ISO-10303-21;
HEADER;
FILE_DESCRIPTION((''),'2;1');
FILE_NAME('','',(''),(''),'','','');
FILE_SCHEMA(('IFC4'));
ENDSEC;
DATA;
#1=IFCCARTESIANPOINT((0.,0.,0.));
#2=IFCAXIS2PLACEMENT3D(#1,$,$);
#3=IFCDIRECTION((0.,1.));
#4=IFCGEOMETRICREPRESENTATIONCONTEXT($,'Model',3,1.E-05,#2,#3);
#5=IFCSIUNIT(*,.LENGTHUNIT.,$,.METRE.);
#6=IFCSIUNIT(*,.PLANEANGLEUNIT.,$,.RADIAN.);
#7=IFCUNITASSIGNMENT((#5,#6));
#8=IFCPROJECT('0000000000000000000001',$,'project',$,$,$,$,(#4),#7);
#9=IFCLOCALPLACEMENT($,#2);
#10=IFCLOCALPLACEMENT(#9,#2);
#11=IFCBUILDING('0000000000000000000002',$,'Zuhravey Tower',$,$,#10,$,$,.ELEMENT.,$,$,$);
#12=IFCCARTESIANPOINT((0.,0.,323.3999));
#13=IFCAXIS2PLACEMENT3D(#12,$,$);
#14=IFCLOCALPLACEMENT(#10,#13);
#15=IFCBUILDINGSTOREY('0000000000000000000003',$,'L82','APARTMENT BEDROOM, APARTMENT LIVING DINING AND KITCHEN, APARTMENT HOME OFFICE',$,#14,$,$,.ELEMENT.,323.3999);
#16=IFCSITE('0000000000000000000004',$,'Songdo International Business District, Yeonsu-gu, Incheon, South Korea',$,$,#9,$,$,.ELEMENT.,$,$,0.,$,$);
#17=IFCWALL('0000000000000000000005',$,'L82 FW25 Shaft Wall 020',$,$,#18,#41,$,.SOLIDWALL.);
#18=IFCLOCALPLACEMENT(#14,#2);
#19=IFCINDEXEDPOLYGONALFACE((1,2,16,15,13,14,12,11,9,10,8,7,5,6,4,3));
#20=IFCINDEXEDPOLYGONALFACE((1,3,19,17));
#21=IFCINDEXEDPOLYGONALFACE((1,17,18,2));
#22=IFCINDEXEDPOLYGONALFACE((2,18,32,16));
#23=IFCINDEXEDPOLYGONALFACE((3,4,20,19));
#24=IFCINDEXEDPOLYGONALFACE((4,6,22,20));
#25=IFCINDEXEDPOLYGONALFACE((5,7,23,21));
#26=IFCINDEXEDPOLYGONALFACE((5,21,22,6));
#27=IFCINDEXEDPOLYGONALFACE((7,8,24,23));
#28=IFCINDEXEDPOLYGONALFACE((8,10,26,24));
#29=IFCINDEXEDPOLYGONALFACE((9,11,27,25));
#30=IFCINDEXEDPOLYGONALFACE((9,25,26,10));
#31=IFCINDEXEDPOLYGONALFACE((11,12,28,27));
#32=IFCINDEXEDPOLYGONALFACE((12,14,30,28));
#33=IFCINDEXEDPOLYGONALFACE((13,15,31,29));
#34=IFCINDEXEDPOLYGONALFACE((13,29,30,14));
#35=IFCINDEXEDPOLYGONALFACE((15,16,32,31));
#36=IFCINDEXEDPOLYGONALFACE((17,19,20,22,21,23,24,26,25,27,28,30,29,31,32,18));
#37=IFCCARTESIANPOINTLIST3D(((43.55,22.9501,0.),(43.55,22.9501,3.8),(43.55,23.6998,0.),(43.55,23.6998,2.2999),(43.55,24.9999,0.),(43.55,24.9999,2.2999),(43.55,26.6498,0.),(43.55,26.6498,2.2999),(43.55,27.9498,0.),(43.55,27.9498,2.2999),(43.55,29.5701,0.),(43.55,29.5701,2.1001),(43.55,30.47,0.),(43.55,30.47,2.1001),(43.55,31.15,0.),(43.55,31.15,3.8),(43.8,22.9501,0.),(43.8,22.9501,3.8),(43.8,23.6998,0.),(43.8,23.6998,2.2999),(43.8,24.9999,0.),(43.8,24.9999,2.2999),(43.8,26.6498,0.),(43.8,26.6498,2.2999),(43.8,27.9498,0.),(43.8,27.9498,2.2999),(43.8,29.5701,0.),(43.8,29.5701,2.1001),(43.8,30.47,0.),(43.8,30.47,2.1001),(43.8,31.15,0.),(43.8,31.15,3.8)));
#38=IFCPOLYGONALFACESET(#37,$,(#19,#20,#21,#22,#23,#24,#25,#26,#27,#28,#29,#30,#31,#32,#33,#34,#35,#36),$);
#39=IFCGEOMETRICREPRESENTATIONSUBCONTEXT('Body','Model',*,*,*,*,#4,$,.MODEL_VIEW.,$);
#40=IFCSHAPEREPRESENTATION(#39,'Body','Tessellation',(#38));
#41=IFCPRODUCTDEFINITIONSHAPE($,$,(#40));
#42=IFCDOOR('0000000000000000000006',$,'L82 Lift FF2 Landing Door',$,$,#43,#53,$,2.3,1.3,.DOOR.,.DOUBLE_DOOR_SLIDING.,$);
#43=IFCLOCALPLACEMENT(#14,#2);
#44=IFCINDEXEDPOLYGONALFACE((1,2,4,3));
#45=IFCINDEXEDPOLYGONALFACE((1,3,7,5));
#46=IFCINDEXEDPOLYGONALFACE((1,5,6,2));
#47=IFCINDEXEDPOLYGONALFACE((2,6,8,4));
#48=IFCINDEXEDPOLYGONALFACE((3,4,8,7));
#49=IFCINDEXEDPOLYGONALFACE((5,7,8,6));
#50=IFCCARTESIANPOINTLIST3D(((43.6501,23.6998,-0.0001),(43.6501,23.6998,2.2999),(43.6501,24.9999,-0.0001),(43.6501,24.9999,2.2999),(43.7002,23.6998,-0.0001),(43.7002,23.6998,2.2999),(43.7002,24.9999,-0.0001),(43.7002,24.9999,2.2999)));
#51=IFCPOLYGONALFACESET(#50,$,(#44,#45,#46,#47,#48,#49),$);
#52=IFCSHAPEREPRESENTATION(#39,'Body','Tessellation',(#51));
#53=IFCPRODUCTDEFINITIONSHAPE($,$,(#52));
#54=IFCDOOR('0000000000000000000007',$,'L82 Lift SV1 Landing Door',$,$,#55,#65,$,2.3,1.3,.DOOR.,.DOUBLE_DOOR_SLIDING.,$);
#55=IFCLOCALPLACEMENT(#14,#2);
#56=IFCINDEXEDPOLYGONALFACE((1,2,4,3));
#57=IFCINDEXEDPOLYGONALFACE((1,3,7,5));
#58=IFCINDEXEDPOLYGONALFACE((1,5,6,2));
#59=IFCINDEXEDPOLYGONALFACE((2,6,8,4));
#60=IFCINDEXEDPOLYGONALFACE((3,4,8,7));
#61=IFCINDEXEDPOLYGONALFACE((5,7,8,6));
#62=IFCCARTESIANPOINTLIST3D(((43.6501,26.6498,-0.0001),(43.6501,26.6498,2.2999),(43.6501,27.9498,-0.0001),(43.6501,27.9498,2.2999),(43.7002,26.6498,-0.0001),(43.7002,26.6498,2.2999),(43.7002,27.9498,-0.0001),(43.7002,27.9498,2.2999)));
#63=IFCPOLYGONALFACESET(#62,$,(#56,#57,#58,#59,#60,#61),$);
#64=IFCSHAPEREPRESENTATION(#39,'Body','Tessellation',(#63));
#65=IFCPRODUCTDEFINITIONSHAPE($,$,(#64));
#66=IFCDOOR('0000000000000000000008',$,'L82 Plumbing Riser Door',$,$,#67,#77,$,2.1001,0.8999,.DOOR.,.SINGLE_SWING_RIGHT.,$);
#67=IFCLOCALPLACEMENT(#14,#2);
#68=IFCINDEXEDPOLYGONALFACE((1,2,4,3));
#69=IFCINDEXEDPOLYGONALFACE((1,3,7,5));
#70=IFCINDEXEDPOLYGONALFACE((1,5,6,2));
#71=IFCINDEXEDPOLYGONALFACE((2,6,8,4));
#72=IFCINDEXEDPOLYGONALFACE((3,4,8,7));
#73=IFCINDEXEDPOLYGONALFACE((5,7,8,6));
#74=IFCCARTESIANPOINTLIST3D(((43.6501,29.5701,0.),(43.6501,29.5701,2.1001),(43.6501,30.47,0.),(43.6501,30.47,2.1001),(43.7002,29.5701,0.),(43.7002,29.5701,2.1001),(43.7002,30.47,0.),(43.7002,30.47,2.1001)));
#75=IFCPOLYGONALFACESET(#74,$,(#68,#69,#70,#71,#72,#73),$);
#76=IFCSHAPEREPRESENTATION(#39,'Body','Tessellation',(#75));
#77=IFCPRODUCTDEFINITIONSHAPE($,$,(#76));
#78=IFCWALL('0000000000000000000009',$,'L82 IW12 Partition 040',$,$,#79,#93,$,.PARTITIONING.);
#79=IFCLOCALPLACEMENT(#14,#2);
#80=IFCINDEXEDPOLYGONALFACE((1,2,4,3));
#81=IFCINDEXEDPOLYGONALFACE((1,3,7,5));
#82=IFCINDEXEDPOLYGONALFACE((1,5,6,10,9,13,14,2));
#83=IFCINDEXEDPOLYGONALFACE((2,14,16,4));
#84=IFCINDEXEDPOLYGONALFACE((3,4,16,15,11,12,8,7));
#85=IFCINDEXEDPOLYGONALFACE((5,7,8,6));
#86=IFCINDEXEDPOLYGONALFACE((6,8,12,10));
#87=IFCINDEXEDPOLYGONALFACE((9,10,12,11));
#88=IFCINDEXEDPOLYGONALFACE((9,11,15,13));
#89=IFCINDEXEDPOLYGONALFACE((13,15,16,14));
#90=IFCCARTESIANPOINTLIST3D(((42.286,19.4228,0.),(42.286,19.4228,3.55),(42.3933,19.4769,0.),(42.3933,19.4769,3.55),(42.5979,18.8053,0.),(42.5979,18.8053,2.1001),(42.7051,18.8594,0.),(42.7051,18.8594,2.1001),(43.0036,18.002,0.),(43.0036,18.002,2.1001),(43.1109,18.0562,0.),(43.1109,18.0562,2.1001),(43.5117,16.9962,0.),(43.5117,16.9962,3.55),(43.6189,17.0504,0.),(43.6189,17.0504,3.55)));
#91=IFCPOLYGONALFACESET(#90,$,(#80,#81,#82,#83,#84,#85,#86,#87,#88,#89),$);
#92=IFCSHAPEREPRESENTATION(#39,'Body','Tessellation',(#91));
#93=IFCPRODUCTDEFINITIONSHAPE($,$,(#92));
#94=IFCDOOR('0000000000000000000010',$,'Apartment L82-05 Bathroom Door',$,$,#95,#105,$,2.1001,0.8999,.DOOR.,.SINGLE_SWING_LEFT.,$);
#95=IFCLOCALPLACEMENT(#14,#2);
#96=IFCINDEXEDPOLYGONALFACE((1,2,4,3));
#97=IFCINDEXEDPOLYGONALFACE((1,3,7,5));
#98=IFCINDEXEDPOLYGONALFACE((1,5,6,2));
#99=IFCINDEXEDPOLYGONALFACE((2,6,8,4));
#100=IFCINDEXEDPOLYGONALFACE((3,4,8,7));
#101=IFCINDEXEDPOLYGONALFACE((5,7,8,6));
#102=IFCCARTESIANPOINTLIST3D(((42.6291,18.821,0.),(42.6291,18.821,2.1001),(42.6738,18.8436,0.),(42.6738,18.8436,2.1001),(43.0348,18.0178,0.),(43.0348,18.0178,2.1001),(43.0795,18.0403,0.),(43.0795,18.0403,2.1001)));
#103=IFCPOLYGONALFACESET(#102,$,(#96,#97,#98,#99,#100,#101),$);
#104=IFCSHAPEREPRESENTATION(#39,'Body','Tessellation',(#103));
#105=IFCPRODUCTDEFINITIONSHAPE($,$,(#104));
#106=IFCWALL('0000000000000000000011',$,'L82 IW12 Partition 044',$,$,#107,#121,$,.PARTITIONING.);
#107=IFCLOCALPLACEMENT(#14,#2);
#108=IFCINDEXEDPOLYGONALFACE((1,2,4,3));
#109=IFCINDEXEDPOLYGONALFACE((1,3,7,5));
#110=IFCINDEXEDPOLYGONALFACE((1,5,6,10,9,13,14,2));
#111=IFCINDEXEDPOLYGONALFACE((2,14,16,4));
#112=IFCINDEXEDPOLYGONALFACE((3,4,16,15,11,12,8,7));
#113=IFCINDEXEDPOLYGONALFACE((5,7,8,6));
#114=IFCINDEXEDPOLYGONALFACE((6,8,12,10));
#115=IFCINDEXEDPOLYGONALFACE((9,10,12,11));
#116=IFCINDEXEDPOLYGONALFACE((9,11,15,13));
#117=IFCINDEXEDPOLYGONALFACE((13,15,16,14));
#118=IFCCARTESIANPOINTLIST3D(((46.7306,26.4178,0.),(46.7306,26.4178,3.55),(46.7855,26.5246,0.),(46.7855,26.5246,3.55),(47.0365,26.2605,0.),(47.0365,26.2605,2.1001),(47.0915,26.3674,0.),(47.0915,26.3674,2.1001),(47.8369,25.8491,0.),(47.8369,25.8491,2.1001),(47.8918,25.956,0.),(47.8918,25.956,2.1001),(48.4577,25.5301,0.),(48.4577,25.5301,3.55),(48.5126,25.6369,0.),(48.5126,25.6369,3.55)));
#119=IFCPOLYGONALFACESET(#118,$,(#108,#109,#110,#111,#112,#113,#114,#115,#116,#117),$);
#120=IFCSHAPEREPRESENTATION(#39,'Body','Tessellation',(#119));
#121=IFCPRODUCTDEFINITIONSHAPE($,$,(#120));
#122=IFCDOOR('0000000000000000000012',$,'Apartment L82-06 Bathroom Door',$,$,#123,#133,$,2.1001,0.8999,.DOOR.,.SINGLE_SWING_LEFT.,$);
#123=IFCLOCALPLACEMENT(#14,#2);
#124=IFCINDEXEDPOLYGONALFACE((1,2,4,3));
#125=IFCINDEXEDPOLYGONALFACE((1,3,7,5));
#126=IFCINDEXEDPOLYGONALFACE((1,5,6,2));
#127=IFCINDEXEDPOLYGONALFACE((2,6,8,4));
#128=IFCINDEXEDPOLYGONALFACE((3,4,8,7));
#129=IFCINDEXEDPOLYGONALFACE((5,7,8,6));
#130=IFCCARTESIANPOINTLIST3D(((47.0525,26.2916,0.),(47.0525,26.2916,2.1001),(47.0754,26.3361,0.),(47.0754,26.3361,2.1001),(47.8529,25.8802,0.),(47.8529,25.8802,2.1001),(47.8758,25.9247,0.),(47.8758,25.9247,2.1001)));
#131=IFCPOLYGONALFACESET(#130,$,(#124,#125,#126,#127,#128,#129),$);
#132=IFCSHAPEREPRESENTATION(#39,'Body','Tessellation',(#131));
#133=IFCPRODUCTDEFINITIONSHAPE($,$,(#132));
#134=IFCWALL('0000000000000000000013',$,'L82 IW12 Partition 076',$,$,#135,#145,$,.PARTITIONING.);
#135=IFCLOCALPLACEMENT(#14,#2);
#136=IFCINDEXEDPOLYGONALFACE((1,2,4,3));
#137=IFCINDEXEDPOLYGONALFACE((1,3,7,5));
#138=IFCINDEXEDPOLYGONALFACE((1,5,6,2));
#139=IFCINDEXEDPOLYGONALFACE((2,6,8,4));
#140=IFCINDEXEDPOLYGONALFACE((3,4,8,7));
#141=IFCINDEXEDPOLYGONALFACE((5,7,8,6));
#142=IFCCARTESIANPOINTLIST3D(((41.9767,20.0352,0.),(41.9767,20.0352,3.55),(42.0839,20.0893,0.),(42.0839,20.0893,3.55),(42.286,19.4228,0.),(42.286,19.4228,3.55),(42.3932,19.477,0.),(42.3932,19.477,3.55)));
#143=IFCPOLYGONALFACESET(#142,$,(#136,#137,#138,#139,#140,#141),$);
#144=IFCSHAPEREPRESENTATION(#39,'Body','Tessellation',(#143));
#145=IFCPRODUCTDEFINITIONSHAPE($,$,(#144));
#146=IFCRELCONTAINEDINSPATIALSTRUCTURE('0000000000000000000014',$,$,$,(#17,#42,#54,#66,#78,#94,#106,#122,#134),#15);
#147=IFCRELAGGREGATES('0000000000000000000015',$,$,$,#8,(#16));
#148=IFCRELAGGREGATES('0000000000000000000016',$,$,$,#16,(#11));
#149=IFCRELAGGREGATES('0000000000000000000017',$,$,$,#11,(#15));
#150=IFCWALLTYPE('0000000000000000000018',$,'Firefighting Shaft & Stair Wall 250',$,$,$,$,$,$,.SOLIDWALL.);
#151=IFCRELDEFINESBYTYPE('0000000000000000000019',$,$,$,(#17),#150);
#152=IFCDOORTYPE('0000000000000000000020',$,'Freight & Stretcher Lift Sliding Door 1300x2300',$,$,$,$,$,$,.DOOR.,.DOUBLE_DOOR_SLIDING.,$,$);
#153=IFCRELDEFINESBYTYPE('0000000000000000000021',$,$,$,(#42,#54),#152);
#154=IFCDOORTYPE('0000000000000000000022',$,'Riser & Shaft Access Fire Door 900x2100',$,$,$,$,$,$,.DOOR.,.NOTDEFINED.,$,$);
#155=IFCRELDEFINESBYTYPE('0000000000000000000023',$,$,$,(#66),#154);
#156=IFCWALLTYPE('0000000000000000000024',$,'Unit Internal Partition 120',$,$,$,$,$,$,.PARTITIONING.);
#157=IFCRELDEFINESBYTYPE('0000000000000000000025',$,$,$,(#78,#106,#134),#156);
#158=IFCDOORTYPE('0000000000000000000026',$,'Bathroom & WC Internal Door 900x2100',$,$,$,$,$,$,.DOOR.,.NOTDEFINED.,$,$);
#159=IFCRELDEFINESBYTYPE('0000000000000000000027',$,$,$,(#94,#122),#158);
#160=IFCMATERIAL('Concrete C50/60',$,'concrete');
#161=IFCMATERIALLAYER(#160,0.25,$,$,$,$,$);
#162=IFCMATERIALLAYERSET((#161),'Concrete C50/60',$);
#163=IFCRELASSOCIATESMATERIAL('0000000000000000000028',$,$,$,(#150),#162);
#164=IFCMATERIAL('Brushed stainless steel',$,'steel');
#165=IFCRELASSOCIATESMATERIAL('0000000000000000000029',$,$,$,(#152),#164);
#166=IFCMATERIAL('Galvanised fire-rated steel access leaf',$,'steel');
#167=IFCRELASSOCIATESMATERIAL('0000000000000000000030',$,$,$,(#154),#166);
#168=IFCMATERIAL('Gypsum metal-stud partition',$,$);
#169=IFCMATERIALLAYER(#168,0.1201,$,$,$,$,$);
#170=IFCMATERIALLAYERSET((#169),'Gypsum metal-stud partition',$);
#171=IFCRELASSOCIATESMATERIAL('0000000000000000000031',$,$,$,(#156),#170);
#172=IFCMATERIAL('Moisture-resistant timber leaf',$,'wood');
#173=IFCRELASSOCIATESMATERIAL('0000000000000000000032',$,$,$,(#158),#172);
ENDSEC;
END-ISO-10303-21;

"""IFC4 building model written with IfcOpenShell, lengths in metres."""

from ifc_helpers import new_model, si_unit, direction, frame, frame_2d, origin, place, context, subcontext, project, spatial, rectangle, extrude, material, layer, layer_set, type_object, element, fill, save


model = new_model("IFC4")

# Units and contexts
model_context = context("Model", 3, precision=1e-05, world=origin(), true_north=direction((0.0, 1.0)))
body_context = subcontext(model_context, "Body", "Model", "MODEL_VIEW")
ifc_project = project(units=[si_unit("LENGTHUNIT", "METRE"), si_unit("PLANEANGLEUNIT", "RADIAN")], contexts=[model_context])

# Site, building, storey
site_placement = place(None, origin())
site = spatial("IfcSite", under=ifc_project, at=site_placement, Name="Songdo International Business District, Yeonsu-gu, Incheon, South Korea", CompositionType="ELEMENT", RefElevation=0.0)
building_placement = place(site_placement, origin())
building = spatial("IfcBuilding", under=site, at=building_placement, Name="Zuhravey Tower", CompositionType="ELEMENT")
storey_placement = place(building_placement, frame((0.0, 0.0, 323.3999)))
storey = spatial("IfcBuildingStorey", under=building, at=storey_placement, Name="L82", Description="APARTMENT BEDROOM, APARTMENT LIVING DINING AND KITCHEN, APARTMENT HOME OFFICE", CompositionType="ELEMENT", Elevation=323.3999)

# Shared definitions
ifc_material_1 = material(Name="Concrete C50/60", Category="concrete")

# Shared definitions
ifc_layer_1 = layer(ifc_material_1, 0.25)
ifc_layer_set_1 = layer_set([ifc_layer_1], Name="Concrete C50/60")
wall_type_1 = type_object("IfcWallType", Name="Firefighting Shaft & Stair Wall 250", PredefinedType="SOLIDWALL", material=ifc_layer_set_1)

# Wall, openings, doors
wall_1_placement = place(storey_placement, frame((43.675, 22.95, 0.0), z_axis=(0.0, 0.0, 1.0), x_axis=(0.0, 1.0, 0.0)))
wall_1 = element("IfcWall", 1, at=wall_1_placement, inside=storey, type_object=wall_type_1, Name="L82 FW25 Shaft Wall 020", PredefinedType="SOLIDWALL", context=body_context, shape_type="SweptSolid", body=[
    extrude(rectangle(XDim=8.2, YDim=0.25, at=frame_2d((4.1001, 0.0))), origin(), (0.0, 0.0, 1.0), 3.8),
])
opening_1_placement = place(wall_1_placement, frame((0.75, 0.0, 0.0)))
opening_1 = element("IfcOpeningElement", 2, at=opening_1_placement, cuts=wall_1, PredefinedType="OPENING", context=body_context, shape_type="SweptSolid", body=[
    extrude(rectangle(XDim=1.3, YDim=2.3, at=frame_2d((0.6499, 1.1499))), frame((0.0, 0.137, 0.0), z_axis=(0.0, -1.0, 0.0), x_axis=(1.0, 0.0, 0.0)), (0.0, 0.0, 1.0), 0.2739),
])
opening_2_placement = place(wall_1_placement, frame((3.7, 0.0, 0.0)))
opening_2 = element("IfcOpeningElement", 3, at=opening_2_placement, cuts=wall_1, PredefinedType="OPENING", context=body_context, shape_type="SweptSolid", body=[
    extrude(rectangle(XDim=1.3, YDim=2.3, at=frame_2d((0.6499, 1.1499))), frame((0.0, 0.137, 0.0), z_axis=(0.0, -1.0, 0.0), x_axis=(1.0, 0.0, 0.0)), (0.0, 0.0, 1.0), 0.2739),
])
opening_3_placement = place(wall_1_placement, frame((6.6201, 0.0, 0.0)))
opening_3 = element("IfcOpeningElement", 4, at=opening_3_placement, cuts=wall_1, PredefinedType="OPENING", context=body_context, shape_type="SweptSolid", body=[
    extrude(rectangle(XDim=0.8999, YDim=2.1001, at=frame_2d((0.45, 1.05))), frame((0.0, 0.137, 0.0), z_axis=(0.0, -1.0, 0.0), x_axis=(1.0, 0.0, 0.0)), (0.0, 0.0, 1.0), 0.2739),
])
ifc_material_2 = material(Name="Brushed stainless steel", Category="steel")
door_type_1 = type_object("IfcDoorType", Name="Freight & Stretcher Lift Sliding Door 1300x2300", OperationType="DOUBLE_DOOR_SLIDING", PredefinedType="DOOR", material=ifc_material_2)
door_1_placement = place(opening_1_placement, origin())
door_1 = element("IfcDoor", 5, at=door_1_placement, inside=storey, type_object=door_type_1, Name="L82 Lift FF2 Landing Door", OperationType="DOUBLE_DOOR_SLIDING", OverallHeight=2.3, OverallWidth=1.3, PredefinedType="DOOR", context=body_context, shape_type="SweptSolid", body=[
    extrude(rectangle(XDim=1.3, YDim=2.3, at=frame_2d((0.6499, 1.1499))), frame((0.0, 0.0249, 0.0), z_axis=(0.0, -1.0, 0.0), x_axis=(1.0, 0.0, 0.0)), (0.0, 0.0, 1.0), 0.05),
])
fill(opening_1, door_1)
door_2_placement = place(opening_2_placement, origin())
door_2 = element("IfcDoor", 6, at=door_2_placement, inside=storey, type_object=door_type_1, Name="L82 Lift SV1 Landing Door", OperationType="DOUBLE_DOOR_SLIDING", OverallHeight=2.3, OverallWidth=1.3, PredefinedType="DOOR", context=body_context, shape_type="SweptSolid", body=[
    extrude(rectangle(XDim=1.3, YDim=2.3, at=frame_2d((0.6499, 1.1499))), frame((0.0, 0.0249, 0.0), z_axis=(0.0, -1.0, 0.0), x_axis=(1.0, 0.0, 0.0)), (0.0, 0.0, 1.0), 0.05),
])
fill(opening_2, door_2)
ifc_material_3 = material(Name="Galvanised fire-rated steel access leaf", Category="steel")
door_type_2 = type_object("IfcDoorType", Name="Riser & Shaft Access Fire Door 900x2100", OperationType="NOTDEFINED", PredefinedType="DOOR", material=ifc_material_3)
door_3_placement = place(opening_3_placement, origin())
door_3 = element("IfcDoor", 7, at=door_3_placement, inside=storey, type_object=door_type_2, Name="L82 Plumbing Riser Door", OperationType="SINGLE_SWING_RIGHT", OverallHeight=2.1001, OverallWidth=0.8999, PredefinedType="DOOR", context=body_context, shape_type="SweptSolid", body=[
    extrude(rectangle(XDim=0.8999, YDim=2.1001, at=frame_2d((0.45, 1.05))), frame((0.0, 0.0249, 0.0), z_axis=(0.0, -1.0, 0.0), x_axis=(1.0, 0.0, 0.0)), (0.0, 0.0, 1.0), 0.05),
])
fill(opening_3, door_3)

# Walls, openings, doors
ifc_material_4 = material(Name="Gypsum metal-stud partition")
ifc_layer_2 = layer(ifc_material_4, 0.1201)
ifc_layer_set_2 = layer_set([ifc_layer_2], Name="Gypsum metal-stud partition")
wall_type_2 = type_object("IfcWallType", Name="Unit Internal Partition 120", PredefinedType="PARTITIONING", material=ifc_layer_set_2)
wall_2_placement = place(storey_placement, frame((42.3396, 19.45, 0.0), z_axis=(0.0, 0.0, 1.0), x_axis=(0.450838, -0.892606, 0.0)))
wall_2 = element("IfcWall", 8, at=wall_2_placement, inside=storey, type_object=wall_type_2, Name="L82 IW12 Partition 040", PredefinedType="PARTITIONING", context=body_context, shape_type="SweptSolid", body=[
    extrude(rectangle(XDim=2.7185, YDim=0.1201, at=frame_2d((1.3594, 0.0))), origin(), (0.0, 0.0, 1.0), 3.55),
])
opening_4_placement = place(wall_2_placement, frame((0.6919, 0.0, 0.0)))
opening_4 = element("IfcOpeningElement", 9, at=opening_4_placement, cuts=wall_2, PredefinedType="OPENING", context=body_context, shape_type="SweptSolid", body=[
    extrude(rectangle(XDim=0.8999, YDim=2.1001, at=frame_2d((0.45, 1.05))), frame((0.0, 0.072, 0.0), z_axis=(0.0, -1.0, 0.0), x_axis=(1.0, 0.0, 0.0)), (0.0, 0.0, 1.0), 0.144),
])
ifc_material_5 = material(Name="Moisture-resistant timber leaf", Category="wood")
door_type_3 = type_object("IfcDoorType", Name="Bathroom & WC Internal Door 900x2100", OperationType="NOTDEFINED", PredefinedType="DOOR", material=ifc_material_5)
door_4_placement = place(opening_4_placement, origin())
door_4 = element("IfcDoor", 10, at=door_4_placement, inside=storey, type_object=door_type_3, Name="Apartment L82-05 Bathroom Door", OperationType="SINGLE_SWING_LEFT", OverallHeight=2.1001, OverallWidth=0.8999, PredefinedType="DOOR", context=body_context, shape_type="SweptSolid", body=[
    extrude(rectangle(XDim=0.8999, YDim=2.1001, at=frame_2d((0.45, 1.05))), frame((0.0, 0.0249, 0.0), z_axis=(0.0, -1.0, 0.0), x_axis=(1.0, 0.0, 0.0)), (0.0, 0.0, 1.0), 0.05),
])
fill(opening_4, door_4)
wall_3_placement = place(storey_placement, frame((46.7581, 26.4712, 0.0), z_axis=(0.0, 0.0, 1.0), x_axis=(0.889393, -0.457143, 0.0)))
wall_3 = element("IfcWall", 11, at=wall_3_placement, inside=storey, type_object=wall_type_2, Name="L82 IW12 Partition 044", PredefinedType="PARTITIONING", context=body_context, shape_type="SweptSolid", body=[
    extrude(rectangle(XDim=1.9419, YDim=0.1201, at=frame_2d((0.9709, 0.0))), origin(), (0.0, 0.0, 1.0), 3.55),
])
opening_5_placement = place(wall_3_placement, frame((0.344, 0.0, 0.0)))
opening_5 = element("IfcOpeningElement", 12, at=opening_5_placement, cuts=wall_3, PredefinedType="OPENING", context=body_context, shape_type="SweptSolid", body=[
    extrude(rectangle(XDim=0.8999, YDim=2.1001, at=frame_2d((0.45, 1.05))), frame((0.0, 0.072, 0.0), z_axis=(0.0, -1.0, 0.0), x_axis=(1.0, 0.0, 0.0)), (0.0, 0.0, 1.0), 0.144),
])
door_5_placement = place(opening_5_placement, origin())
door_5 = element("IfcDoor", 13, at=door_5_placement, inside=storey, type_object=door_type_3, Name="Apartment L82-06 Bathroom Door", OperationType="SINGLE_SWING_LEFT", OverallHeight=2.1001, OverallWidth=0.8999, PredefinedType="DOOR", context=body_context, shape_type="SweptSolid", body=[
    extrude(rectangle(XDim=0.8999, YDim=2.1001, at=frame_2d((0.45, 1.05))), frame((0.0, 0.0249, 0.0), z_axis=(0.0, -1.0, 0.0), x_axis=(1.0, 0.0, 0.0)), (0.0, 0.0, 1.0), 0.05),
])
fill(opening_5, door_5)

# Wall
wall_4_placement = place(storey_placement, frame((42.0303, 20.0623, 0.0), z_axis=(0.0, 0.0, 1.0), x_axis=(0.450911, -0.892569, 0.0)))
element("IfcWall", 14, at=wall_4_placement, inside=storey, type_object=wall_type_2, Name="L82 IW12 Partition 076", PredefinedType="PARTITIONING", context=body_context, shape_type="SweptSolid", body=[
    extrude(rectangle(XDim=0.686, YDim=0.1201, at=frame_2d((0.343, 0.0))), origin(), (0.0, 0.0, 1.0), 3.55),
])

save(model, "model.ifc")
